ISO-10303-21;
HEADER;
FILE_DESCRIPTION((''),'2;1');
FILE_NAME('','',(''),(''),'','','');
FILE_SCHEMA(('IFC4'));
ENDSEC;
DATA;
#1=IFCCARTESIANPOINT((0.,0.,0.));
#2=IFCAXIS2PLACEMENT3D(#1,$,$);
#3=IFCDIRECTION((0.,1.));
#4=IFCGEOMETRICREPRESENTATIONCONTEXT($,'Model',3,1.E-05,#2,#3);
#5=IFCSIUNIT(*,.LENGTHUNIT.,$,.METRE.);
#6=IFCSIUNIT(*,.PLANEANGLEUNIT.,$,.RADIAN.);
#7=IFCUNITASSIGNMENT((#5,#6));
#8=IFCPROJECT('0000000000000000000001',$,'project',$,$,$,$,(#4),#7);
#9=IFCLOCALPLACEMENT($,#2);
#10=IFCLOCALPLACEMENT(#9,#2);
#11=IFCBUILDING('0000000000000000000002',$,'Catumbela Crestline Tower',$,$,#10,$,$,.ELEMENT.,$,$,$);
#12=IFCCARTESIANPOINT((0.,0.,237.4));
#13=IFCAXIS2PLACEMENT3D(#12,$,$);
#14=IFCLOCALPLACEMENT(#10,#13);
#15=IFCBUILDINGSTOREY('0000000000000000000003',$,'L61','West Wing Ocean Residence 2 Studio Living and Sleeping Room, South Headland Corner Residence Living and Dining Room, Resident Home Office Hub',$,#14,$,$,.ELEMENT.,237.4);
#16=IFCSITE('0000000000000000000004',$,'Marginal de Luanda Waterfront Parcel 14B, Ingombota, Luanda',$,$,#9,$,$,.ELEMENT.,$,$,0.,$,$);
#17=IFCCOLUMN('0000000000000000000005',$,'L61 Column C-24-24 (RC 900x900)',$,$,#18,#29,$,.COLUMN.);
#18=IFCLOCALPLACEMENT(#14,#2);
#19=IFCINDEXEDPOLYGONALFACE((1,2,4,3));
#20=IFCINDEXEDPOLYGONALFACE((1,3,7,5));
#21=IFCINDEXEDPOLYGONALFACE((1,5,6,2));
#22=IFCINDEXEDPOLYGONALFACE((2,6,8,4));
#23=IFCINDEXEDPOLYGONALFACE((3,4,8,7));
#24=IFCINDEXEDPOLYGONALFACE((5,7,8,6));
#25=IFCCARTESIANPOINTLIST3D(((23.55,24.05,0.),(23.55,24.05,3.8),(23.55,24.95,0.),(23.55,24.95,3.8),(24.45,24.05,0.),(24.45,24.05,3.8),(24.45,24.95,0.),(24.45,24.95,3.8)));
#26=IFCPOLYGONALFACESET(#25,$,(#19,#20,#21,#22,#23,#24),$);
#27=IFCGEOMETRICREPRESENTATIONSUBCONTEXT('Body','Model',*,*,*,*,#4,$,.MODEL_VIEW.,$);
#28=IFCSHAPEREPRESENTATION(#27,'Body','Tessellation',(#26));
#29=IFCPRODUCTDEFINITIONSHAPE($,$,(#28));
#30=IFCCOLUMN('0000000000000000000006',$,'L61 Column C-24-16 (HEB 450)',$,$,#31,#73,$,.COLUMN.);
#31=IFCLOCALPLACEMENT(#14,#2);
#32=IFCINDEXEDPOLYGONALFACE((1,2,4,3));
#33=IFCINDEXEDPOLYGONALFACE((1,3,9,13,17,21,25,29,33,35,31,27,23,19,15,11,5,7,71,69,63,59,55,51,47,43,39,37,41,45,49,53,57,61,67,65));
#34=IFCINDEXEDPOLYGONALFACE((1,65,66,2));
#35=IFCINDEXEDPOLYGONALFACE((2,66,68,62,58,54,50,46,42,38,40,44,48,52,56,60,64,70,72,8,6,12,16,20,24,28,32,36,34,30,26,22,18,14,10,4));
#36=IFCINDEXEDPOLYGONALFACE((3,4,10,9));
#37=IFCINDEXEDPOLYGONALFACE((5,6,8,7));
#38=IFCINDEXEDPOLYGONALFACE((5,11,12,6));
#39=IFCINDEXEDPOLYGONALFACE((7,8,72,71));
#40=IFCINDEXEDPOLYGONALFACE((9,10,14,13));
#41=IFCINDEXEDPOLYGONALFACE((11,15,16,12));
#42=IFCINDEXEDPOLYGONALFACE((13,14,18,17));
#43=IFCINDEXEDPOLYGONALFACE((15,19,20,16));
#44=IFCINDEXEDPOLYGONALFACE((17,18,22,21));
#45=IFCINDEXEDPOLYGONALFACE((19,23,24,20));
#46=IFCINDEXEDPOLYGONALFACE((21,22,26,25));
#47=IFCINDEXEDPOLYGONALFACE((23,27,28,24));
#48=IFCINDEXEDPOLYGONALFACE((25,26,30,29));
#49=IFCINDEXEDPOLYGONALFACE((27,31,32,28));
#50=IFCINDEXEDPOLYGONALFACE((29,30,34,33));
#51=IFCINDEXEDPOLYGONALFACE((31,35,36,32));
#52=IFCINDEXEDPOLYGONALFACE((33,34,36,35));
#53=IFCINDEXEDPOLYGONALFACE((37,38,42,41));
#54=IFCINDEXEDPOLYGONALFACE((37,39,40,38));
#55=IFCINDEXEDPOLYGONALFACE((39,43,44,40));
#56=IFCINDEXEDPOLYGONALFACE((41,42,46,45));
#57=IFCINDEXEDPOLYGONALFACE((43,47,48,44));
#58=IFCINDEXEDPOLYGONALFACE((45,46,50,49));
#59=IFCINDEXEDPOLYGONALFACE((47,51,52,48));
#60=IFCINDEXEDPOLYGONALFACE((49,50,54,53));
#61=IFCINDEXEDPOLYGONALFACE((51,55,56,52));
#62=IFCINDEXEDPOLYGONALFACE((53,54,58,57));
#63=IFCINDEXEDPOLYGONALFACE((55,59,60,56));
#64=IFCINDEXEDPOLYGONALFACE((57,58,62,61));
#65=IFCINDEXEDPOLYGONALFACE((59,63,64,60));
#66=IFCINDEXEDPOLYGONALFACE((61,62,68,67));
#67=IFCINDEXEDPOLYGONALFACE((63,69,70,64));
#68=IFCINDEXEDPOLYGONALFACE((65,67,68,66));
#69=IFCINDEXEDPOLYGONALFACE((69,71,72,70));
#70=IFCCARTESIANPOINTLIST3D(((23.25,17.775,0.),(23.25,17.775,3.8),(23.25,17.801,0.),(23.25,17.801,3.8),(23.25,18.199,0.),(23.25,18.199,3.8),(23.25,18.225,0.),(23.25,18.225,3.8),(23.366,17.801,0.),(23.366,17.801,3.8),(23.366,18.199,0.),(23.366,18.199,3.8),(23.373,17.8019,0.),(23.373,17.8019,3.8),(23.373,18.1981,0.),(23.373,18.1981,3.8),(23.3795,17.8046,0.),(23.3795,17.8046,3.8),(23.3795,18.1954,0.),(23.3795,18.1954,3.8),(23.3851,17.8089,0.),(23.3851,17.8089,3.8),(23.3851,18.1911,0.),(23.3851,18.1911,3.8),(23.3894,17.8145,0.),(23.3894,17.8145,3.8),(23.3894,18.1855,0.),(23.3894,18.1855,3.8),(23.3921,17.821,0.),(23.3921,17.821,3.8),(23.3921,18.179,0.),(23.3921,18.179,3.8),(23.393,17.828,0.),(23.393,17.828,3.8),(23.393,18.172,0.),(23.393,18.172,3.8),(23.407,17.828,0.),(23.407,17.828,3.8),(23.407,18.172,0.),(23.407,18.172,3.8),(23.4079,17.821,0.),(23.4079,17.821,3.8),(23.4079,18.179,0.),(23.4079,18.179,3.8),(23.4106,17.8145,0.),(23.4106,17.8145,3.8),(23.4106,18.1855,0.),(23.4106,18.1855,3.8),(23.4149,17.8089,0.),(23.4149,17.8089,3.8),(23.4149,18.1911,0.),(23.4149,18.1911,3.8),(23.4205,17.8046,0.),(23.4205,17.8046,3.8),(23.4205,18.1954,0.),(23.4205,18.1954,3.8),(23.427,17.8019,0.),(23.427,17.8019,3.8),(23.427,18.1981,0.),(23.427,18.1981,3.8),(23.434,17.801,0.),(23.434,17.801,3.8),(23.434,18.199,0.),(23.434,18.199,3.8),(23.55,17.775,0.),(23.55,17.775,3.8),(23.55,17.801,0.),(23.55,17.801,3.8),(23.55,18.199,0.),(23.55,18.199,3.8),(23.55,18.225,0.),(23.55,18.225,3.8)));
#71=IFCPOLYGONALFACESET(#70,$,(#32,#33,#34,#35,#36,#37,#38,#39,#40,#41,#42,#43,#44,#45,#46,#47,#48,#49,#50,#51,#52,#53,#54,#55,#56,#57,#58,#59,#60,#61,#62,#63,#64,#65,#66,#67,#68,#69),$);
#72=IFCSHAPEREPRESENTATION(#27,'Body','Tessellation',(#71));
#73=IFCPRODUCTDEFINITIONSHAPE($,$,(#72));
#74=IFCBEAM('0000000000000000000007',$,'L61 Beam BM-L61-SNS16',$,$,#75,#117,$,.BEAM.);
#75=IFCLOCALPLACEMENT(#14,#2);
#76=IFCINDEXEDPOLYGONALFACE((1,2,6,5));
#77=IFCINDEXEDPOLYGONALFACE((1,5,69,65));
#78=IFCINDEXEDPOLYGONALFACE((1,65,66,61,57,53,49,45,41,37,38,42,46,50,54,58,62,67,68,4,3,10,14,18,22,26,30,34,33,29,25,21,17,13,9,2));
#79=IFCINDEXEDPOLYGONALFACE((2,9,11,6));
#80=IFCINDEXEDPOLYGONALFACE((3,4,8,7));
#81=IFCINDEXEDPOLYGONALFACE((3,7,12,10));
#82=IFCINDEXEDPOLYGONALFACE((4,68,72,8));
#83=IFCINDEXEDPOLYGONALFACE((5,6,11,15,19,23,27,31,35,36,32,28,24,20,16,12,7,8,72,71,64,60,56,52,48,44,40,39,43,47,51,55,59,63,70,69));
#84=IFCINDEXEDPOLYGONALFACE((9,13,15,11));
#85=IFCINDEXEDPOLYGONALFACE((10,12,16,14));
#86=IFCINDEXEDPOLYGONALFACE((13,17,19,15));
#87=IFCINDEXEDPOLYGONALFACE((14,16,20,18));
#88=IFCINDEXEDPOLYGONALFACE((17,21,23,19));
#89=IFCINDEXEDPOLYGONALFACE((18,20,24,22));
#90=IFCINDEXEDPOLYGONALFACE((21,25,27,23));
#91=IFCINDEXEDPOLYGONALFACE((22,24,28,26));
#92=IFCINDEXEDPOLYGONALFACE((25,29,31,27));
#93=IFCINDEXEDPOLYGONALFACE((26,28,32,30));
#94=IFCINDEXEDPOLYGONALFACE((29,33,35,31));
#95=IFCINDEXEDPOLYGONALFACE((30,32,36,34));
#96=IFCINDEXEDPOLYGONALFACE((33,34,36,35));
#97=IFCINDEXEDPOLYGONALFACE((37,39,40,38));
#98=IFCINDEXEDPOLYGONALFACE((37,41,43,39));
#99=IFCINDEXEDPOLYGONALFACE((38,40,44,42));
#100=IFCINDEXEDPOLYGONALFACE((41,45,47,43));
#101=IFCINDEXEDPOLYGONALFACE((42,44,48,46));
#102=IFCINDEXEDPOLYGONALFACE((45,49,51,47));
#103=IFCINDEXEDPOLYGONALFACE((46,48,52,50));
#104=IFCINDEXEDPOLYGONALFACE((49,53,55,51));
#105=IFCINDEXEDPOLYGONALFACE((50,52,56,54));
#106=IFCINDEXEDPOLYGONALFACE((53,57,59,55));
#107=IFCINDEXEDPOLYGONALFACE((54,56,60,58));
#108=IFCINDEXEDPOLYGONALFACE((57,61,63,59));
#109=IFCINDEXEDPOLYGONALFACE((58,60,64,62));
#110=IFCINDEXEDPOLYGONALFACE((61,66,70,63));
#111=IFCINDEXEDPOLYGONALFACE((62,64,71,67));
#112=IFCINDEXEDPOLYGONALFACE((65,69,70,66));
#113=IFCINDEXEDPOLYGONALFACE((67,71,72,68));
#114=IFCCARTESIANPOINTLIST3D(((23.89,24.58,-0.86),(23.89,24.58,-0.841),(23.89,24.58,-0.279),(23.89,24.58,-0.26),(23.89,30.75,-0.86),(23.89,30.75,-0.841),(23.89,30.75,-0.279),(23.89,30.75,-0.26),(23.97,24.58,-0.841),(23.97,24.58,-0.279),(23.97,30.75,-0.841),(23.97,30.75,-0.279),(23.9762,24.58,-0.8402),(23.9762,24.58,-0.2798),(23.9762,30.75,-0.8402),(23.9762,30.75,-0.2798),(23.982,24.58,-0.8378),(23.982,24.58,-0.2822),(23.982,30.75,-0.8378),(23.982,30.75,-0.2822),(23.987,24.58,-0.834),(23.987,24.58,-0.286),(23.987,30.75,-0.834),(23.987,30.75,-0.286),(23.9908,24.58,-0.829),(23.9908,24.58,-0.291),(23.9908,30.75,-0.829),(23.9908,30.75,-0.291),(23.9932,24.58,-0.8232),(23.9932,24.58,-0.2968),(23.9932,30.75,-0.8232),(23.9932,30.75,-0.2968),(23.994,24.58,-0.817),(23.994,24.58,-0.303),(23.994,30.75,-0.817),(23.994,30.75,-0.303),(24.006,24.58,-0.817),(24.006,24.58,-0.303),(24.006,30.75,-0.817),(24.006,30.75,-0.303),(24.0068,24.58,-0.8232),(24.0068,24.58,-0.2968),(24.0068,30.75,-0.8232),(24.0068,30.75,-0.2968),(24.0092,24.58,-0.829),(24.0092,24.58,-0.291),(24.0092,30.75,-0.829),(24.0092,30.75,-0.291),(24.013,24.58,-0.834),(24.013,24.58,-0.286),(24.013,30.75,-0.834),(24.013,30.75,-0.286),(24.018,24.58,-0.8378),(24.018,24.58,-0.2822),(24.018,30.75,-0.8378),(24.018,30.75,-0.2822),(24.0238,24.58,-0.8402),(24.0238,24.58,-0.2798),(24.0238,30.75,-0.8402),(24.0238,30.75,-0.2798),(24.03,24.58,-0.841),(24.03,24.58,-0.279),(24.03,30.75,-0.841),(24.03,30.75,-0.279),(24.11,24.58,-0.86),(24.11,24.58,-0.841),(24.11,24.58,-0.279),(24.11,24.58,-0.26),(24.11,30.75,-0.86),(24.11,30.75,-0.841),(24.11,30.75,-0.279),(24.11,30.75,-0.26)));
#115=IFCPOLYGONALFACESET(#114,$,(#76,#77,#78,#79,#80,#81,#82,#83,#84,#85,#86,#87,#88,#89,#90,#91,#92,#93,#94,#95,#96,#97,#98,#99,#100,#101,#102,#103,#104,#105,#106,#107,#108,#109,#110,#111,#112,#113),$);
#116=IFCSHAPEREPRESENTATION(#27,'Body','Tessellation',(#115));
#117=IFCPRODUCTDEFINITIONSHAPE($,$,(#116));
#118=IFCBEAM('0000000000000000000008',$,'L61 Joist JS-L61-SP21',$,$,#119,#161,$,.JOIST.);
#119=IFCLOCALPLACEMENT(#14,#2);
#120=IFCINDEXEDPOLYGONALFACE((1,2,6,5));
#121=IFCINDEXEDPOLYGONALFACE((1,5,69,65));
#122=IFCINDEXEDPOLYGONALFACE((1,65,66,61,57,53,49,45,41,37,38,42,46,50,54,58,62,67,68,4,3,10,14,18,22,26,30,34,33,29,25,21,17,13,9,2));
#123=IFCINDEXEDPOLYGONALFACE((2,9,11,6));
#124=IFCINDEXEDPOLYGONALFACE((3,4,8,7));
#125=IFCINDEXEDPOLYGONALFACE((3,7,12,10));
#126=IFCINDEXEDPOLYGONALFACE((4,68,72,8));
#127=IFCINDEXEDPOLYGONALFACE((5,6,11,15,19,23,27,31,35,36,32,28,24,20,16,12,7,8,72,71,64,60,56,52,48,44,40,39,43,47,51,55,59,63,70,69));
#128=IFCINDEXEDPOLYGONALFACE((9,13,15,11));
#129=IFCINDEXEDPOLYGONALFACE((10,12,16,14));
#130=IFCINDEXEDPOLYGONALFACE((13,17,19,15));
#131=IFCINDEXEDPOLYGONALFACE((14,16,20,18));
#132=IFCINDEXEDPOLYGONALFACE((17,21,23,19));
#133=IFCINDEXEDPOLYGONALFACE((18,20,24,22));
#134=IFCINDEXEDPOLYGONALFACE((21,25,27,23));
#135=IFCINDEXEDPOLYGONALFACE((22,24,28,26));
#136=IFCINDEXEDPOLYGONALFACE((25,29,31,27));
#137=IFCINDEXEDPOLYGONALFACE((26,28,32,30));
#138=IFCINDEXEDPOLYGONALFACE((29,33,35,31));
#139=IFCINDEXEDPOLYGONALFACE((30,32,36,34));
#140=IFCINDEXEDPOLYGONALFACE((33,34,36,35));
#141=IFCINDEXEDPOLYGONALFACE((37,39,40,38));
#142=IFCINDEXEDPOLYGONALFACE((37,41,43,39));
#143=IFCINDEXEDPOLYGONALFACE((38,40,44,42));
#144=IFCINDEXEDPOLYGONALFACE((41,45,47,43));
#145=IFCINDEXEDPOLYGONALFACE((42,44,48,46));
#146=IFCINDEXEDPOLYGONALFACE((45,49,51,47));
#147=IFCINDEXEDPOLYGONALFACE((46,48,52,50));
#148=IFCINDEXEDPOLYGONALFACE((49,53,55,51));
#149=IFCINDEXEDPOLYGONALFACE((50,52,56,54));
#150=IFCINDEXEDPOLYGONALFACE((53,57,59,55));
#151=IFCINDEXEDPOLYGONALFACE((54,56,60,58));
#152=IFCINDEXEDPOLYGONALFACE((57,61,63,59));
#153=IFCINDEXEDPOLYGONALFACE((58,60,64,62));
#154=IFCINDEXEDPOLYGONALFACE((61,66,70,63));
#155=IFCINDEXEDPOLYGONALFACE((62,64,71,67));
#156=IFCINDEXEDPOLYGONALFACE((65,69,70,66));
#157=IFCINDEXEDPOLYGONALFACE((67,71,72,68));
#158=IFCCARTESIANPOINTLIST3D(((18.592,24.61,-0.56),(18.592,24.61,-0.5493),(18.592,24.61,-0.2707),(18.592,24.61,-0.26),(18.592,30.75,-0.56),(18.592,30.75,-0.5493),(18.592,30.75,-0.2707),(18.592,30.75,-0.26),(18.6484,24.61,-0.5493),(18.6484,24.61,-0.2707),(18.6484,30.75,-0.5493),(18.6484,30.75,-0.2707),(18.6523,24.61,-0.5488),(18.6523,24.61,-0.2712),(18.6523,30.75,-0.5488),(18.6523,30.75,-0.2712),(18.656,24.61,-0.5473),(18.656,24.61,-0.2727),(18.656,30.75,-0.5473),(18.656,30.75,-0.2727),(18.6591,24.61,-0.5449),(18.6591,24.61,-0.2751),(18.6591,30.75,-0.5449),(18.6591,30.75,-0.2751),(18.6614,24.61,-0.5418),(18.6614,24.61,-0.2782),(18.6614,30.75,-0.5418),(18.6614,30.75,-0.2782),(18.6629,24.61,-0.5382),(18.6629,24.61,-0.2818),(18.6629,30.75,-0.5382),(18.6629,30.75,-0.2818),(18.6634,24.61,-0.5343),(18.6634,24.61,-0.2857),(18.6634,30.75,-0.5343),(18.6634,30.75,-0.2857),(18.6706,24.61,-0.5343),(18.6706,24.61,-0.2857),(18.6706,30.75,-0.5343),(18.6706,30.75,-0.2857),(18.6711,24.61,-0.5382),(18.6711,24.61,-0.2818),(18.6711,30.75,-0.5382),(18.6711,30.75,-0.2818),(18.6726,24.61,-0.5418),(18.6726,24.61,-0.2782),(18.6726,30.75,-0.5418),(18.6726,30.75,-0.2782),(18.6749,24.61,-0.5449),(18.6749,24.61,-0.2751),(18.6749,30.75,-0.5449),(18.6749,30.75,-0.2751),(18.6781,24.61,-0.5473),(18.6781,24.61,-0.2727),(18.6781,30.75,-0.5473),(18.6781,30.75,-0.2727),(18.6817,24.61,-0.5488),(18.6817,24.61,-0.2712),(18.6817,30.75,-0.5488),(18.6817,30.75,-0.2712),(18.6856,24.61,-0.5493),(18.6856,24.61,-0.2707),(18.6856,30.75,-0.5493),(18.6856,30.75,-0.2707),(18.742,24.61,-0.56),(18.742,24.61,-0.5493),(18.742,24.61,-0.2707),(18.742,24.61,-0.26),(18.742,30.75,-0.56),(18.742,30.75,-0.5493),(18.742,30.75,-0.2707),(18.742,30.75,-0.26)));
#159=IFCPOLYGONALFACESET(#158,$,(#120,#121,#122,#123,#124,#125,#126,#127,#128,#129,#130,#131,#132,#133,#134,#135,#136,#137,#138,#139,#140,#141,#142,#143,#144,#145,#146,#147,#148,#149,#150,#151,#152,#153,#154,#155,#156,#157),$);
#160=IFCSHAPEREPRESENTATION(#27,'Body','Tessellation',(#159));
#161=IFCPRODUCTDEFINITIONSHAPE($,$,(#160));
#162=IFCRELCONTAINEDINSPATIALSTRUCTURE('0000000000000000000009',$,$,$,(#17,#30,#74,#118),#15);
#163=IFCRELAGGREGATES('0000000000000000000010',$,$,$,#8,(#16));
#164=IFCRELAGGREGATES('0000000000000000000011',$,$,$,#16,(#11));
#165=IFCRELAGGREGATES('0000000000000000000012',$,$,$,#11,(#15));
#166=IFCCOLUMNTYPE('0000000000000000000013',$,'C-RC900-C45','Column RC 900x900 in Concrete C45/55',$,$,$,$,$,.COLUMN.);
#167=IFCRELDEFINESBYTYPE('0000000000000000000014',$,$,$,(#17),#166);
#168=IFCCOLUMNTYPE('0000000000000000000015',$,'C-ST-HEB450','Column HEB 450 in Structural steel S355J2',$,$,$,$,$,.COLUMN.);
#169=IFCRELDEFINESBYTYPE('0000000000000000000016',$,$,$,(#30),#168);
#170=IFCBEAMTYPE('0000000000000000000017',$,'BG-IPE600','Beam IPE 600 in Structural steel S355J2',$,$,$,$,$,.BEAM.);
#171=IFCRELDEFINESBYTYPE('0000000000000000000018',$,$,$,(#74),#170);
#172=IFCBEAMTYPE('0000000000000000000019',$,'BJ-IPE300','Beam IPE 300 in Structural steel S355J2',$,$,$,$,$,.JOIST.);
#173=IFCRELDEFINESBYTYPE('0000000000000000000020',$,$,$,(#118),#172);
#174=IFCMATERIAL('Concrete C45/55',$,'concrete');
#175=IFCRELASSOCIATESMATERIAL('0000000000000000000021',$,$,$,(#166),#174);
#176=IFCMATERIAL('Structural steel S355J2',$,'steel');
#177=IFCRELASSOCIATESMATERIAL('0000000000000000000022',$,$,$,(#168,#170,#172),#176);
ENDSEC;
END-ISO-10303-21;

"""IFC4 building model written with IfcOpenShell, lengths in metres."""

from ifc_helpers import new_model, si_unit, direction, frame, origin, origin_2d, place, context, subcontext, project, spatial, rectangle, i_section, extrude, material, material_profile, profile_set, type_object, element, save


model = new_model("IFC4")

# Units and contexts
model_context = context("Model", 3, precision=1e-05, world=origin(), true_north=direction((0.0, 1.0)))
body_context = subcontext(model_context, "Body", "Model", "MODEL_VIEW")
ifc_project = project(units=[si_unit("LENGTHUNIT", "METRE"), si_unit("PLANEANGLEUNIT", "RADIAN")], contexts=[model_context])

# Site, building, storey
site_placement = place(None, origin())
site = spatial("IfcSite", under=ifc_project, at=site_placement, Name="Marginal de Luanda Waterfront Parcel 14B, Ingombota, Luanda", CompositionType="ELEMENT", RefElevation=0.0)
building_placement = place(site_placement, origin())
building = spatial("IfcBuilding", under=site, at=building_placement, Name="Catumbela Crestline Tower", CompositionType="ELEMENT")
storey_placement = place(building_placement, frame((0.0, 0.0, 237.4)))
storey = spatial("IfcBuildingStorey", under=building, at=storey_placement, Name="L61", Description="West Wing Ocean Residence 2 Studio Living and Sleeping Room, South Headland Corner Residence Living and Dining Room, Resident Home Office Hub", CompositionType="ELEMENT", Elevation=237.4)

# Columns
ifc_material_1 = material(Name="Concrete C45/55", Category="concrete")
ifc_material_profile_1 = material_profile(ifc_material_1, rectangle(XDim=0.9, YDim=0.9, at=origin_2d()), Name="RC 900x900")
ifc_profile_set_1 = profile_set([ifc_material_profile_1], Name="Concrete C45/55")
column_type_1 = type_object("IfcColumnType", Name="C-RC900-C45", Description="Column RC 900x900 in Concrete C45/55", PredefinedType="COLUMN", material=ifc_profile_set_1)
column_1_placement = place(storey_placement, frame((24.0, 24.5, 0.0), z_axis=(0.0, 0.0, 1.0), x_axis=(1.0, 0.0, 0.0)))
element("IfcColumn", 1, at=column_1_placement, inside=storey, type_object=column_type_1, Name="L61 Column C-24-24 (RC 900x900)", PredefinedType="COLUMN", context=body_context, shape_type="SweptSolid", body=[
    extrude(rectangle(XDim=0.9, YDim=0.9, at=origin_2d()), origin(), (0.0, 0.0, 1.0), 3.8),
])
ifc_material_2 = material(Name="Structural steel S355J2", Category="steel")
ifc_material_profile_2 = material_profile(ifc_material_2, i_section(OverallWidth=0.3, OverallDepth=0.45, WebThickness=0.014, FlangeThickness=0.026, FilletRadius=0.027, at=origin_2d()), Name="HEB 450")
ifc_profile_set_2 = profile_set([ifc_material_profile_2], Name="Structural steel S355J2")
column_type_2 = type_object("IfcColumnType", Name="C-ST-HEB450", Description="Column HEB 450 in Structural steel S355J2", PredefinedType="COLUMN", material=ifc_profile_set_2)
column_2_placement = place(storey_placement, frame((23.4, 18.0, 0.0), z_axis=(0.0, 0.0, 1.0), x_axis=(1.0, 0.0, 0.0)))
element("IfcColumn", 2, at=column_2_placement, inside=storey, type_object=column_type_2, Name="L61 Column C-24-16 (HEB 450)", PredefinedType="COLUMN", context=body_context, shape_type="SweptSolid", body=[
    extrude(i_section(OverallWidth=0.3, OverallDepth=0.45, WebThickness=0.014, FlangeThickness=0.026, FilletRadius=0.027, at=origin_2d()), origin(), (0.0, 0.0, 1.0), 3.8),
])

# Beams
ifc_material_profile_3 = material_profile(ifc_material_2, i_section(OverallWidth=0.22, OverallDepth=0.6, WebThickness=0.012, FlangeThickness=0.019, FilletRadius=0.024, at=origin_2d()), Name="IPE 600")
ifc_profile_set_3 = profile_set([ifc_material_profile_3], Name="Structural steel S355J2")
beam_type_1 = type_object("IfcBeamType", Name="BG-IPE600", Description="Beam IPE 600 in Structural steel S355J2", PredefinedType="BEAM", material=ifc_profile_set_3)
beam_1_placement = place(storey_placement, frame((24.0, 24.58, -0.56), z_axis=(0.0, 1.0, 0.0), x_axis=(-1.0, 0.0, 0.0)))
element("IfcBeam", 3, at=beam_1_placement, inside=storey, type_object=beam_type_1, Name="L61 Beam BM-L61-SNS16", PredefinedType="BEAM", context=body_context, shape_type="SweptSolid", body=[
    extrude(i_section(OverallWidth=0.22, OverallDepth=0.6, WebThickness=0.012, FlangeThickness=0.019, FilletRadius=0.024, at=origin_2d()), origin(), (0.0, 0.0, 1.0), 6.17),
])
ifc_material_profile_4 = material_profile(ifc_material_2, i_section(OverallWidth=0.15, OverallDepth=0.3, WebThickness=0.0071, FlangeThickness=0.0107, FilletRadius=0.015, at=origin_2d()), Name="IPE 300")
ifc_profile_set_4 = profile_set([ifc_material_profile_4], Name="Structural steel S355J2")
beam_type_2 = type_object("IfcBeamType", Name="BJ-IPE300", Description="Beam IPE 300 in Structural steel S355J2", PredefinedType="JOIST", material=ifc_profile_set_4)
for number, where, z_axis, x_axis, name in (
    (4, (18.667, 24.61, -0.41), (0.0, 1.0, 0.0), (-1.0, 0.0, 0.0), "L61 Joist JS-L61-SP21"),
):
    element("IfcBeam", number, at=place(storey_placement, frame(where, z_axis=z_axis, x_axis=x_axis)), inside=storey, type_object=beam_type_2, Name=name, PredefinedType="JOIST", context=body_context, shape_type="SweptSolid", body=[
        extrude(i_section(OverallWidth=0.15, OverallDepth=0.3, WebThickness=0.0071, FlangeThickness=0.0107, FilletRadius=0.015, at=origin_2d()), origin(), (0.0, 0.0, 1.0), 6.14),
    ])

save(model, "model.ifc")
